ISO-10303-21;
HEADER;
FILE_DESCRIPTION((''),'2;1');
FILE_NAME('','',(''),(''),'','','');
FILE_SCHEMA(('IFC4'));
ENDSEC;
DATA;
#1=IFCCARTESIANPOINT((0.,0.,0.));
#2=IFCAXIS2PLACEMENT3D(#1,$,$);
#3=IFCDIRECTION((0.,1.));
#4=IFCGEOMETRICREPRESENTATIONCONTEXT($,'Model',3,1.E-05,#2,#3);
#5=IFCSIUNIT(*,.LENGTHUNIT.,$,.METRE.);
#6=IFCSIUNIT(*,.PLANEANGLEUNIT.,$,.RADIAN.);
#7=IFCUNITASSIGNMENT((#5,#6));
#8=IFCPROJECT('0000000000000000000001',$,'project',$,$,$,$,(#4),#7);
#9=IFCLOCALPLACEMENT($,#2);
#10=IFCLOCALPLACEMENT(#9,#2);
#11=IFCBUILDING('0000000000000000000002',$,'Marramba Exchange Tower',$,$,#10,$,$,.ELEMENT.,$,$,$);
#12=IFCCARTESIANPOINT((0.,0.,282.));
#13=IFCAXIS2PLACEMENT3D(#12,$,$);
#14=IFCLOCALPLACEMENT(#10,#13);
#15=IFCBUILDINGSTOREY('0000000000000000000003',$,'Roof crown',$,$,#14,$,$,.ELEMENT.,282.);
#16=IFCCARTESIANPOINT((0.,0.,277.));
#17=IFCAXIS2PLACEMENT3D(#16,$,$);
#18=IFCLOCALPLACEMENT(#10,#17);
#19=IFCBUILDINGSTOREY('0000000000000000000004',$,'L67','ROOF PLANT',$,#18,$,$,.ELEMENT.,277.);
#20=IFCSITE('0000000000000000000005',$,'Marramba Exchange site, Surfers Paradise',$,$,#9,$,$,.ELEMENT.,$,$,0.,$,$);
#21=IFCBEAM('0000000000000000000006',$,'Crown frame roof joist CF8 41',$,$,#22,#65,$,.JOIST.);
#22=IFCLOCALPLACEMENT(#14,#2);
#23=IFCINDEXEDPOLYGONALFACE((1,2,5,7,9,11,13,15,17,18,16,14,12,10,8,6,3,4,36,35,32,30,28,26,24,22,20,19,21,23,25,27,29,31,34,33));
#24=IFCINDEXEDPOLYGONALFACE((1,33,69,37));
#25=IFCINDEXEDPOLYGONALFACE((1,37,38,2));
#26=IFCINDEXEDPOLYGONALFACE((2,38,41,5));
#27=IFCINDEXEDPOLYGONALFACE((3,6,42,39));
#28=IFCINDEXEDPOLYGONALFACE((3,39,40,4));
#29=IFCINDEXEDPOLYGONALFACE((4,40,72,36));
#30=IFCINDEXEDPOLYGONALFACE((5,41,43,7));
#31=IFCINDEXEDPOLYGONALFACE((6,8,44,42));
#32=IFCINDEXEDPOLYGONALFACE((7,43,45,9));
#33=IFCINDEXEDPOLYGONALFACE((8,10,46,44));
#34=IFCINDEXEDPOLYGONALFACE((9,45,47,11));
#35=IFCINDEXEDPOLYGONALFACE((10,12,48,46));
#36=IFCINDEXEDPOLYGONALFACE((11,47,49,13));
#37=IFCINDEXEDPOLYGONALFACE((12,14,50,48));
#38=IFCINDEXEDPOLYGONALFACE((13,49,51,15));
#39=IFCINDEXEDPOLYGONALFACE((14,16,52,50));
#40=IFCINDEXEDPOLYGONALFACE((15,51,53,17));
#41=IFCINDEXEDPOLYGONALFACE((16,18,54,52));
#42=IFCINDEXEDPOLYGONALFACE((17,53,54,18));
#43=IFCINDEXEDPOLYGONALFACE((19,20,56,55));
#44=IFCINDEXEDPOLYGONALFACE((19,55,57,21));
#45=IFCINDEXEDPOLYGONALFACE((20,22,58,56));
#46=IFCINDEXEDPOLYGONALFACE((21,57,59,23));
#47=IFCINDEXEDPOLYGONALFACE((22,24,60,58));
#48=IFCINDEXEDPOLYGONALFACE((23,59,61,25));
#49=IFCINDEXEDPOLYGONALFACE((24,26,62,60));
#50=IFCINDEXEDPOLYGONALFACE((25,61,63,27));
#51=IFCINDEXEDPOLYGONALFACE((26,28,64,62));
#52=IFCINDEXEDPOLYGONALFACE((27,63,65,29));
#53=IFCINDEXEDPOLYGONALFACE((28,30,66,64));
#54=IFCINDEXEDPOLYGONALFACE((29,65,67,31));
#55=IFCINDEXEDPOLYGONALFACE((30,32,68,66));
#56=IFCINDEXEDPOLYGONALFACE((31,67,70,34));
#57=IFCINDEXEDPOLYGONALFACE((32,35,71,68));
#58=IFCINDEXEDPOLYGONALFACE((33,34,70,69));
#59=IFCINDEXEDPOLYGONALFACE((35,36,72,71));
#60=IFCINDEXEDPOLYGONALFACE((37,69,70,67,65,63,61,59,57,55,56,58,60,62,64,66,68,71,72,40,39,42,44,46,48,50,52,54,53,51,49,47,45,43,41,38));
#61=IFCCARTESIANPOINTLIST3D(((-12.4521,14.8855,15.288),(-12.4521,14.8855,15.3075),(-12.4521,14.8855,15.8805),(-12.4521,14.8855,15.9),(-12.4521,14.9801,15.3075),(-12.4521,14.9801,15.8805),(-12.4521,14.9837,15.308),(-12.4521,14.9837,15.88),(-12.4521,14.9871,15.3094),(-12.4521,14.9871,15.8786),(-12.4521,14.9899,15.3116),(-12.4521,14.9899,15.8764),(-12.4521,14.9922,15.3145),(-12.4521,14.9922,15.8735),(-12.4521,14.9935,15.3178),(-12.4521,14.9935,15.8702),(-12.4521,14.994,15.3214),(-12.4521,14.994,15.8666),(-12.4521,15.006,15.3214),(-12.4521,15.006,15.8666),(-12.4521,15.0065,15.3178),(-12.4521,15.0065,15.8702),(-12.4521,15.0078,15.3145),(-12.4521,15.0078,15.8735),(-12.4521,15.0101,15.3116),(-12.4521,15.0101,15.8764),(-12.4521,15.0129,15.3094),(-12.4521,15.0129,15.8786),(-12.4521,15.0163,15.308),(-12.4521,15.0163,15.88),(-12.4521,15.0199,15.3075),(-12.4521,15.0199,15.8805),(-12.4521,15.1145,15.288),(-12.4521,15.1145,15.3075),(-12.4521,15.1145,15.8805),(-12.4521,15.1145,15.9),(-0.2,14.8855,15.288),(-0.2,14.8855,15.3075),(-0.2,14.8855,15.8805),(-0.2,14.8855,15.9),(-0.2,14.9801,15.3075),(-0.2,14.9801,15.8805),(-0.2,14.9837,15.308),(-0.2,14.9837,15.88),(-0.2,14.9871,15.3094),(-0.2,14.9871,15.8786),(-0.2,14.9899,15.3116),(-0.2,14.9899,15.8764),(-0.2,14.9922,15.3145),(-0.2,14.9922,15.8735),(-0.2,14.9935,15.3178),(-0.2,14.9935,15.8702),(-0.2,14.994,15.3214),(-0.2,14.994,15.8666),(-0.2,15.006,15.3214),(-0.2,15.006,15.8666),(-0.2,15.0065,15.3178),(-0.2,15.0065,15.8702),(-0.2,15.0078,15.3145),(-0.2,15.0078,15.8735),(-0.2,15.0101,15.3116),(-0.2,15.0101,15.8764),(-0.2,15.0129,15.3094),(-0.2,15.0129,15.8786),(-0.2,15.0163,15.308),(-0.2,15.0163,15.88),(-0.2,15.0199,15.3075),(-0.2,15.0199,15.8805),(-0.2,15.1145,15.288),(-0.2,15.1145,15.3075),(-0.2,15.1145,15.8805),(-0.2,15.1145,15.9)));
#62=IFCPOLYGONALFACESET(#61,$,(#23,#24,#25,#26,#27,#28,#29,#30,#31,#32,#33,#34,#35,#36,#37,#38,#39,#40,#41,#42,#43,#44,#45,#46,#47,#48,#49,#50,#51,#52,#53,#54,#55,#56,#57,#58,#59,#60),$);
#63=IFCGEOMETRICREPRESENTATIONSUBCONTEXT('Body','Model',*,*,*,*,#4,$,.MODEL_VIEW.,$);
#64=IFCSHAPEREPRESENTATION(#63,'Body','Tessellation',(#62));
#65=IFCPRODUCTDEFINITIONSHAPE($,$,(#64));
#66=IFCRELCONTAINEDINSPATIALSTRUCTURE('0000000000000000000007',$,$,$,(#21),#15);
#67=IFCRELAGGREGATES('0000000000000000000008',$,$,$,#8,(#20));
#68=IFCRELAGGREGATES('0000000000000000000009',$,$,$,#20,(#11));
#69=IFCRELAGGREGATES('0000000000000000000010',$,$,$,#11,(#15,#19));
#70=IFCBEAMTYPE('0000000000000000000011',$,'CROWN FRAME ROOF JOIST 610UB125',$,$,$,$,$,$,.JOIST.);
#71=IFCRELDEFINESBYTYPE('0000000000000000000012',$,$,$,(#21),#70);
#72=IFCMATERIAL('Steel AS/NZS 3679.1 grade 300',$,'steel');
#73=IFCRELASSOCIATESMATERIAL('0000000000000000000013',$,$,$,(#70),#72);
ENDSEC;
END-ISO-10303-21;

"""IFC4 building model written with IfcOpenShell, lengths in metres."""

from ifc_helpers import new_model, si_unit, direction, frame, origin, origin_2d, place, context, subcontext, project, spatial, i_section, extrude, material, material_profile, profile_set, type_object, element, save


model = new_model("IFC4")

# Units and contexts
model_context = context("Model", 3, precision=1e-05, world=origin(), true_north=direction((0.0, 1.0)))
body_context = subcontext(model_context, "Body", "Model", "MODEL_VIEW")
ifc_project = project(units=[si_unit("LENGTHUNIT", "METRE"), si_unit("PLANEANGLEUNIT", "RADIAN")], contexts=[model_context])

# Site, building, storey
site_placement = place(None, origin())
site = spatial("IfcSite", under=ifc_project, at=site_placement, Name="Marramba Exchange site, Surfers Paradise", CompositionType="ELEMENT", RefElevation=0.0)
building_placement = place(site_placement, origin())
building = spatial("IfcBuilding", under=site, at=building_placement, Name="Marramba Exchange Tower", CompositionType="ELEMENT")
storey_1_placement = place(building_placement, frame((0.0, 0.0, 282.0)))
storey_1 = spatial("IfcBuildingStorey", under=building, at=storey_1_placement, Name="Roof crown", CompositionType="ELEMENT", Elevation=282.0)

# Beam
ifc_material_1 = material(Name="Steel AS/NZS 3679.1 grade 300", Category="steel")
ifc_material_profile_1 = material_profile(ifc_material_1, i_section(OverallWidth=0.229, OverallDepth=0.6121, WebThickness=0.012, FlangeThickness=0.0195, FilletRadius=0.0139, at=origin_2d()), Name="610UB125")
ifc_profile_set_1 = profile_set([ifc_material_profile_1], Name="Steel AS/NZS 3679.1 grade 300")
beam_type_1 = type_object("IfcBeamType", Name="CROWN FRAME ROOF JOIST 610UB125", PredefinedType="JOIST", material=ifc_profile_set_1)
beam_1_placement = place(storey_1_placement, frame((-12.4521, 15.0, 15.594), z_axis=(1.0, 0.0, 0.0), x_axis=(0.0, 1.0, 0.0)))
element("IfcBeam", 1, at=beam_1_placement, inside=storey_1, type_object=beam_type_1, Name="Crown frame roof joist CF8 41", PredefinedType="JOIST", context=body_context, shape_type="SweptSolid", body=[
    extrude(i_section(OverallWidth=0.229, OverallDepth=0.6121, WebThickness=0.012, FlangeThickness=0.0195, FilletRadius=0.0139, at=origin_2d()), origin(), (0.0, 0.0, 1.0), 12.2522),
])

# Shared definitions
storey_2_placement = place(building_placement, frame((0.0, 0.0, 277.0)))
storey_2 = spatial("IfcBuildingStorey", under=building, at=storey_2_placement, Name="L67", Description="ROOF PLANT", CompositionType="ELEMENT", Elevation=277.0)

save(model, "model.ifc")
